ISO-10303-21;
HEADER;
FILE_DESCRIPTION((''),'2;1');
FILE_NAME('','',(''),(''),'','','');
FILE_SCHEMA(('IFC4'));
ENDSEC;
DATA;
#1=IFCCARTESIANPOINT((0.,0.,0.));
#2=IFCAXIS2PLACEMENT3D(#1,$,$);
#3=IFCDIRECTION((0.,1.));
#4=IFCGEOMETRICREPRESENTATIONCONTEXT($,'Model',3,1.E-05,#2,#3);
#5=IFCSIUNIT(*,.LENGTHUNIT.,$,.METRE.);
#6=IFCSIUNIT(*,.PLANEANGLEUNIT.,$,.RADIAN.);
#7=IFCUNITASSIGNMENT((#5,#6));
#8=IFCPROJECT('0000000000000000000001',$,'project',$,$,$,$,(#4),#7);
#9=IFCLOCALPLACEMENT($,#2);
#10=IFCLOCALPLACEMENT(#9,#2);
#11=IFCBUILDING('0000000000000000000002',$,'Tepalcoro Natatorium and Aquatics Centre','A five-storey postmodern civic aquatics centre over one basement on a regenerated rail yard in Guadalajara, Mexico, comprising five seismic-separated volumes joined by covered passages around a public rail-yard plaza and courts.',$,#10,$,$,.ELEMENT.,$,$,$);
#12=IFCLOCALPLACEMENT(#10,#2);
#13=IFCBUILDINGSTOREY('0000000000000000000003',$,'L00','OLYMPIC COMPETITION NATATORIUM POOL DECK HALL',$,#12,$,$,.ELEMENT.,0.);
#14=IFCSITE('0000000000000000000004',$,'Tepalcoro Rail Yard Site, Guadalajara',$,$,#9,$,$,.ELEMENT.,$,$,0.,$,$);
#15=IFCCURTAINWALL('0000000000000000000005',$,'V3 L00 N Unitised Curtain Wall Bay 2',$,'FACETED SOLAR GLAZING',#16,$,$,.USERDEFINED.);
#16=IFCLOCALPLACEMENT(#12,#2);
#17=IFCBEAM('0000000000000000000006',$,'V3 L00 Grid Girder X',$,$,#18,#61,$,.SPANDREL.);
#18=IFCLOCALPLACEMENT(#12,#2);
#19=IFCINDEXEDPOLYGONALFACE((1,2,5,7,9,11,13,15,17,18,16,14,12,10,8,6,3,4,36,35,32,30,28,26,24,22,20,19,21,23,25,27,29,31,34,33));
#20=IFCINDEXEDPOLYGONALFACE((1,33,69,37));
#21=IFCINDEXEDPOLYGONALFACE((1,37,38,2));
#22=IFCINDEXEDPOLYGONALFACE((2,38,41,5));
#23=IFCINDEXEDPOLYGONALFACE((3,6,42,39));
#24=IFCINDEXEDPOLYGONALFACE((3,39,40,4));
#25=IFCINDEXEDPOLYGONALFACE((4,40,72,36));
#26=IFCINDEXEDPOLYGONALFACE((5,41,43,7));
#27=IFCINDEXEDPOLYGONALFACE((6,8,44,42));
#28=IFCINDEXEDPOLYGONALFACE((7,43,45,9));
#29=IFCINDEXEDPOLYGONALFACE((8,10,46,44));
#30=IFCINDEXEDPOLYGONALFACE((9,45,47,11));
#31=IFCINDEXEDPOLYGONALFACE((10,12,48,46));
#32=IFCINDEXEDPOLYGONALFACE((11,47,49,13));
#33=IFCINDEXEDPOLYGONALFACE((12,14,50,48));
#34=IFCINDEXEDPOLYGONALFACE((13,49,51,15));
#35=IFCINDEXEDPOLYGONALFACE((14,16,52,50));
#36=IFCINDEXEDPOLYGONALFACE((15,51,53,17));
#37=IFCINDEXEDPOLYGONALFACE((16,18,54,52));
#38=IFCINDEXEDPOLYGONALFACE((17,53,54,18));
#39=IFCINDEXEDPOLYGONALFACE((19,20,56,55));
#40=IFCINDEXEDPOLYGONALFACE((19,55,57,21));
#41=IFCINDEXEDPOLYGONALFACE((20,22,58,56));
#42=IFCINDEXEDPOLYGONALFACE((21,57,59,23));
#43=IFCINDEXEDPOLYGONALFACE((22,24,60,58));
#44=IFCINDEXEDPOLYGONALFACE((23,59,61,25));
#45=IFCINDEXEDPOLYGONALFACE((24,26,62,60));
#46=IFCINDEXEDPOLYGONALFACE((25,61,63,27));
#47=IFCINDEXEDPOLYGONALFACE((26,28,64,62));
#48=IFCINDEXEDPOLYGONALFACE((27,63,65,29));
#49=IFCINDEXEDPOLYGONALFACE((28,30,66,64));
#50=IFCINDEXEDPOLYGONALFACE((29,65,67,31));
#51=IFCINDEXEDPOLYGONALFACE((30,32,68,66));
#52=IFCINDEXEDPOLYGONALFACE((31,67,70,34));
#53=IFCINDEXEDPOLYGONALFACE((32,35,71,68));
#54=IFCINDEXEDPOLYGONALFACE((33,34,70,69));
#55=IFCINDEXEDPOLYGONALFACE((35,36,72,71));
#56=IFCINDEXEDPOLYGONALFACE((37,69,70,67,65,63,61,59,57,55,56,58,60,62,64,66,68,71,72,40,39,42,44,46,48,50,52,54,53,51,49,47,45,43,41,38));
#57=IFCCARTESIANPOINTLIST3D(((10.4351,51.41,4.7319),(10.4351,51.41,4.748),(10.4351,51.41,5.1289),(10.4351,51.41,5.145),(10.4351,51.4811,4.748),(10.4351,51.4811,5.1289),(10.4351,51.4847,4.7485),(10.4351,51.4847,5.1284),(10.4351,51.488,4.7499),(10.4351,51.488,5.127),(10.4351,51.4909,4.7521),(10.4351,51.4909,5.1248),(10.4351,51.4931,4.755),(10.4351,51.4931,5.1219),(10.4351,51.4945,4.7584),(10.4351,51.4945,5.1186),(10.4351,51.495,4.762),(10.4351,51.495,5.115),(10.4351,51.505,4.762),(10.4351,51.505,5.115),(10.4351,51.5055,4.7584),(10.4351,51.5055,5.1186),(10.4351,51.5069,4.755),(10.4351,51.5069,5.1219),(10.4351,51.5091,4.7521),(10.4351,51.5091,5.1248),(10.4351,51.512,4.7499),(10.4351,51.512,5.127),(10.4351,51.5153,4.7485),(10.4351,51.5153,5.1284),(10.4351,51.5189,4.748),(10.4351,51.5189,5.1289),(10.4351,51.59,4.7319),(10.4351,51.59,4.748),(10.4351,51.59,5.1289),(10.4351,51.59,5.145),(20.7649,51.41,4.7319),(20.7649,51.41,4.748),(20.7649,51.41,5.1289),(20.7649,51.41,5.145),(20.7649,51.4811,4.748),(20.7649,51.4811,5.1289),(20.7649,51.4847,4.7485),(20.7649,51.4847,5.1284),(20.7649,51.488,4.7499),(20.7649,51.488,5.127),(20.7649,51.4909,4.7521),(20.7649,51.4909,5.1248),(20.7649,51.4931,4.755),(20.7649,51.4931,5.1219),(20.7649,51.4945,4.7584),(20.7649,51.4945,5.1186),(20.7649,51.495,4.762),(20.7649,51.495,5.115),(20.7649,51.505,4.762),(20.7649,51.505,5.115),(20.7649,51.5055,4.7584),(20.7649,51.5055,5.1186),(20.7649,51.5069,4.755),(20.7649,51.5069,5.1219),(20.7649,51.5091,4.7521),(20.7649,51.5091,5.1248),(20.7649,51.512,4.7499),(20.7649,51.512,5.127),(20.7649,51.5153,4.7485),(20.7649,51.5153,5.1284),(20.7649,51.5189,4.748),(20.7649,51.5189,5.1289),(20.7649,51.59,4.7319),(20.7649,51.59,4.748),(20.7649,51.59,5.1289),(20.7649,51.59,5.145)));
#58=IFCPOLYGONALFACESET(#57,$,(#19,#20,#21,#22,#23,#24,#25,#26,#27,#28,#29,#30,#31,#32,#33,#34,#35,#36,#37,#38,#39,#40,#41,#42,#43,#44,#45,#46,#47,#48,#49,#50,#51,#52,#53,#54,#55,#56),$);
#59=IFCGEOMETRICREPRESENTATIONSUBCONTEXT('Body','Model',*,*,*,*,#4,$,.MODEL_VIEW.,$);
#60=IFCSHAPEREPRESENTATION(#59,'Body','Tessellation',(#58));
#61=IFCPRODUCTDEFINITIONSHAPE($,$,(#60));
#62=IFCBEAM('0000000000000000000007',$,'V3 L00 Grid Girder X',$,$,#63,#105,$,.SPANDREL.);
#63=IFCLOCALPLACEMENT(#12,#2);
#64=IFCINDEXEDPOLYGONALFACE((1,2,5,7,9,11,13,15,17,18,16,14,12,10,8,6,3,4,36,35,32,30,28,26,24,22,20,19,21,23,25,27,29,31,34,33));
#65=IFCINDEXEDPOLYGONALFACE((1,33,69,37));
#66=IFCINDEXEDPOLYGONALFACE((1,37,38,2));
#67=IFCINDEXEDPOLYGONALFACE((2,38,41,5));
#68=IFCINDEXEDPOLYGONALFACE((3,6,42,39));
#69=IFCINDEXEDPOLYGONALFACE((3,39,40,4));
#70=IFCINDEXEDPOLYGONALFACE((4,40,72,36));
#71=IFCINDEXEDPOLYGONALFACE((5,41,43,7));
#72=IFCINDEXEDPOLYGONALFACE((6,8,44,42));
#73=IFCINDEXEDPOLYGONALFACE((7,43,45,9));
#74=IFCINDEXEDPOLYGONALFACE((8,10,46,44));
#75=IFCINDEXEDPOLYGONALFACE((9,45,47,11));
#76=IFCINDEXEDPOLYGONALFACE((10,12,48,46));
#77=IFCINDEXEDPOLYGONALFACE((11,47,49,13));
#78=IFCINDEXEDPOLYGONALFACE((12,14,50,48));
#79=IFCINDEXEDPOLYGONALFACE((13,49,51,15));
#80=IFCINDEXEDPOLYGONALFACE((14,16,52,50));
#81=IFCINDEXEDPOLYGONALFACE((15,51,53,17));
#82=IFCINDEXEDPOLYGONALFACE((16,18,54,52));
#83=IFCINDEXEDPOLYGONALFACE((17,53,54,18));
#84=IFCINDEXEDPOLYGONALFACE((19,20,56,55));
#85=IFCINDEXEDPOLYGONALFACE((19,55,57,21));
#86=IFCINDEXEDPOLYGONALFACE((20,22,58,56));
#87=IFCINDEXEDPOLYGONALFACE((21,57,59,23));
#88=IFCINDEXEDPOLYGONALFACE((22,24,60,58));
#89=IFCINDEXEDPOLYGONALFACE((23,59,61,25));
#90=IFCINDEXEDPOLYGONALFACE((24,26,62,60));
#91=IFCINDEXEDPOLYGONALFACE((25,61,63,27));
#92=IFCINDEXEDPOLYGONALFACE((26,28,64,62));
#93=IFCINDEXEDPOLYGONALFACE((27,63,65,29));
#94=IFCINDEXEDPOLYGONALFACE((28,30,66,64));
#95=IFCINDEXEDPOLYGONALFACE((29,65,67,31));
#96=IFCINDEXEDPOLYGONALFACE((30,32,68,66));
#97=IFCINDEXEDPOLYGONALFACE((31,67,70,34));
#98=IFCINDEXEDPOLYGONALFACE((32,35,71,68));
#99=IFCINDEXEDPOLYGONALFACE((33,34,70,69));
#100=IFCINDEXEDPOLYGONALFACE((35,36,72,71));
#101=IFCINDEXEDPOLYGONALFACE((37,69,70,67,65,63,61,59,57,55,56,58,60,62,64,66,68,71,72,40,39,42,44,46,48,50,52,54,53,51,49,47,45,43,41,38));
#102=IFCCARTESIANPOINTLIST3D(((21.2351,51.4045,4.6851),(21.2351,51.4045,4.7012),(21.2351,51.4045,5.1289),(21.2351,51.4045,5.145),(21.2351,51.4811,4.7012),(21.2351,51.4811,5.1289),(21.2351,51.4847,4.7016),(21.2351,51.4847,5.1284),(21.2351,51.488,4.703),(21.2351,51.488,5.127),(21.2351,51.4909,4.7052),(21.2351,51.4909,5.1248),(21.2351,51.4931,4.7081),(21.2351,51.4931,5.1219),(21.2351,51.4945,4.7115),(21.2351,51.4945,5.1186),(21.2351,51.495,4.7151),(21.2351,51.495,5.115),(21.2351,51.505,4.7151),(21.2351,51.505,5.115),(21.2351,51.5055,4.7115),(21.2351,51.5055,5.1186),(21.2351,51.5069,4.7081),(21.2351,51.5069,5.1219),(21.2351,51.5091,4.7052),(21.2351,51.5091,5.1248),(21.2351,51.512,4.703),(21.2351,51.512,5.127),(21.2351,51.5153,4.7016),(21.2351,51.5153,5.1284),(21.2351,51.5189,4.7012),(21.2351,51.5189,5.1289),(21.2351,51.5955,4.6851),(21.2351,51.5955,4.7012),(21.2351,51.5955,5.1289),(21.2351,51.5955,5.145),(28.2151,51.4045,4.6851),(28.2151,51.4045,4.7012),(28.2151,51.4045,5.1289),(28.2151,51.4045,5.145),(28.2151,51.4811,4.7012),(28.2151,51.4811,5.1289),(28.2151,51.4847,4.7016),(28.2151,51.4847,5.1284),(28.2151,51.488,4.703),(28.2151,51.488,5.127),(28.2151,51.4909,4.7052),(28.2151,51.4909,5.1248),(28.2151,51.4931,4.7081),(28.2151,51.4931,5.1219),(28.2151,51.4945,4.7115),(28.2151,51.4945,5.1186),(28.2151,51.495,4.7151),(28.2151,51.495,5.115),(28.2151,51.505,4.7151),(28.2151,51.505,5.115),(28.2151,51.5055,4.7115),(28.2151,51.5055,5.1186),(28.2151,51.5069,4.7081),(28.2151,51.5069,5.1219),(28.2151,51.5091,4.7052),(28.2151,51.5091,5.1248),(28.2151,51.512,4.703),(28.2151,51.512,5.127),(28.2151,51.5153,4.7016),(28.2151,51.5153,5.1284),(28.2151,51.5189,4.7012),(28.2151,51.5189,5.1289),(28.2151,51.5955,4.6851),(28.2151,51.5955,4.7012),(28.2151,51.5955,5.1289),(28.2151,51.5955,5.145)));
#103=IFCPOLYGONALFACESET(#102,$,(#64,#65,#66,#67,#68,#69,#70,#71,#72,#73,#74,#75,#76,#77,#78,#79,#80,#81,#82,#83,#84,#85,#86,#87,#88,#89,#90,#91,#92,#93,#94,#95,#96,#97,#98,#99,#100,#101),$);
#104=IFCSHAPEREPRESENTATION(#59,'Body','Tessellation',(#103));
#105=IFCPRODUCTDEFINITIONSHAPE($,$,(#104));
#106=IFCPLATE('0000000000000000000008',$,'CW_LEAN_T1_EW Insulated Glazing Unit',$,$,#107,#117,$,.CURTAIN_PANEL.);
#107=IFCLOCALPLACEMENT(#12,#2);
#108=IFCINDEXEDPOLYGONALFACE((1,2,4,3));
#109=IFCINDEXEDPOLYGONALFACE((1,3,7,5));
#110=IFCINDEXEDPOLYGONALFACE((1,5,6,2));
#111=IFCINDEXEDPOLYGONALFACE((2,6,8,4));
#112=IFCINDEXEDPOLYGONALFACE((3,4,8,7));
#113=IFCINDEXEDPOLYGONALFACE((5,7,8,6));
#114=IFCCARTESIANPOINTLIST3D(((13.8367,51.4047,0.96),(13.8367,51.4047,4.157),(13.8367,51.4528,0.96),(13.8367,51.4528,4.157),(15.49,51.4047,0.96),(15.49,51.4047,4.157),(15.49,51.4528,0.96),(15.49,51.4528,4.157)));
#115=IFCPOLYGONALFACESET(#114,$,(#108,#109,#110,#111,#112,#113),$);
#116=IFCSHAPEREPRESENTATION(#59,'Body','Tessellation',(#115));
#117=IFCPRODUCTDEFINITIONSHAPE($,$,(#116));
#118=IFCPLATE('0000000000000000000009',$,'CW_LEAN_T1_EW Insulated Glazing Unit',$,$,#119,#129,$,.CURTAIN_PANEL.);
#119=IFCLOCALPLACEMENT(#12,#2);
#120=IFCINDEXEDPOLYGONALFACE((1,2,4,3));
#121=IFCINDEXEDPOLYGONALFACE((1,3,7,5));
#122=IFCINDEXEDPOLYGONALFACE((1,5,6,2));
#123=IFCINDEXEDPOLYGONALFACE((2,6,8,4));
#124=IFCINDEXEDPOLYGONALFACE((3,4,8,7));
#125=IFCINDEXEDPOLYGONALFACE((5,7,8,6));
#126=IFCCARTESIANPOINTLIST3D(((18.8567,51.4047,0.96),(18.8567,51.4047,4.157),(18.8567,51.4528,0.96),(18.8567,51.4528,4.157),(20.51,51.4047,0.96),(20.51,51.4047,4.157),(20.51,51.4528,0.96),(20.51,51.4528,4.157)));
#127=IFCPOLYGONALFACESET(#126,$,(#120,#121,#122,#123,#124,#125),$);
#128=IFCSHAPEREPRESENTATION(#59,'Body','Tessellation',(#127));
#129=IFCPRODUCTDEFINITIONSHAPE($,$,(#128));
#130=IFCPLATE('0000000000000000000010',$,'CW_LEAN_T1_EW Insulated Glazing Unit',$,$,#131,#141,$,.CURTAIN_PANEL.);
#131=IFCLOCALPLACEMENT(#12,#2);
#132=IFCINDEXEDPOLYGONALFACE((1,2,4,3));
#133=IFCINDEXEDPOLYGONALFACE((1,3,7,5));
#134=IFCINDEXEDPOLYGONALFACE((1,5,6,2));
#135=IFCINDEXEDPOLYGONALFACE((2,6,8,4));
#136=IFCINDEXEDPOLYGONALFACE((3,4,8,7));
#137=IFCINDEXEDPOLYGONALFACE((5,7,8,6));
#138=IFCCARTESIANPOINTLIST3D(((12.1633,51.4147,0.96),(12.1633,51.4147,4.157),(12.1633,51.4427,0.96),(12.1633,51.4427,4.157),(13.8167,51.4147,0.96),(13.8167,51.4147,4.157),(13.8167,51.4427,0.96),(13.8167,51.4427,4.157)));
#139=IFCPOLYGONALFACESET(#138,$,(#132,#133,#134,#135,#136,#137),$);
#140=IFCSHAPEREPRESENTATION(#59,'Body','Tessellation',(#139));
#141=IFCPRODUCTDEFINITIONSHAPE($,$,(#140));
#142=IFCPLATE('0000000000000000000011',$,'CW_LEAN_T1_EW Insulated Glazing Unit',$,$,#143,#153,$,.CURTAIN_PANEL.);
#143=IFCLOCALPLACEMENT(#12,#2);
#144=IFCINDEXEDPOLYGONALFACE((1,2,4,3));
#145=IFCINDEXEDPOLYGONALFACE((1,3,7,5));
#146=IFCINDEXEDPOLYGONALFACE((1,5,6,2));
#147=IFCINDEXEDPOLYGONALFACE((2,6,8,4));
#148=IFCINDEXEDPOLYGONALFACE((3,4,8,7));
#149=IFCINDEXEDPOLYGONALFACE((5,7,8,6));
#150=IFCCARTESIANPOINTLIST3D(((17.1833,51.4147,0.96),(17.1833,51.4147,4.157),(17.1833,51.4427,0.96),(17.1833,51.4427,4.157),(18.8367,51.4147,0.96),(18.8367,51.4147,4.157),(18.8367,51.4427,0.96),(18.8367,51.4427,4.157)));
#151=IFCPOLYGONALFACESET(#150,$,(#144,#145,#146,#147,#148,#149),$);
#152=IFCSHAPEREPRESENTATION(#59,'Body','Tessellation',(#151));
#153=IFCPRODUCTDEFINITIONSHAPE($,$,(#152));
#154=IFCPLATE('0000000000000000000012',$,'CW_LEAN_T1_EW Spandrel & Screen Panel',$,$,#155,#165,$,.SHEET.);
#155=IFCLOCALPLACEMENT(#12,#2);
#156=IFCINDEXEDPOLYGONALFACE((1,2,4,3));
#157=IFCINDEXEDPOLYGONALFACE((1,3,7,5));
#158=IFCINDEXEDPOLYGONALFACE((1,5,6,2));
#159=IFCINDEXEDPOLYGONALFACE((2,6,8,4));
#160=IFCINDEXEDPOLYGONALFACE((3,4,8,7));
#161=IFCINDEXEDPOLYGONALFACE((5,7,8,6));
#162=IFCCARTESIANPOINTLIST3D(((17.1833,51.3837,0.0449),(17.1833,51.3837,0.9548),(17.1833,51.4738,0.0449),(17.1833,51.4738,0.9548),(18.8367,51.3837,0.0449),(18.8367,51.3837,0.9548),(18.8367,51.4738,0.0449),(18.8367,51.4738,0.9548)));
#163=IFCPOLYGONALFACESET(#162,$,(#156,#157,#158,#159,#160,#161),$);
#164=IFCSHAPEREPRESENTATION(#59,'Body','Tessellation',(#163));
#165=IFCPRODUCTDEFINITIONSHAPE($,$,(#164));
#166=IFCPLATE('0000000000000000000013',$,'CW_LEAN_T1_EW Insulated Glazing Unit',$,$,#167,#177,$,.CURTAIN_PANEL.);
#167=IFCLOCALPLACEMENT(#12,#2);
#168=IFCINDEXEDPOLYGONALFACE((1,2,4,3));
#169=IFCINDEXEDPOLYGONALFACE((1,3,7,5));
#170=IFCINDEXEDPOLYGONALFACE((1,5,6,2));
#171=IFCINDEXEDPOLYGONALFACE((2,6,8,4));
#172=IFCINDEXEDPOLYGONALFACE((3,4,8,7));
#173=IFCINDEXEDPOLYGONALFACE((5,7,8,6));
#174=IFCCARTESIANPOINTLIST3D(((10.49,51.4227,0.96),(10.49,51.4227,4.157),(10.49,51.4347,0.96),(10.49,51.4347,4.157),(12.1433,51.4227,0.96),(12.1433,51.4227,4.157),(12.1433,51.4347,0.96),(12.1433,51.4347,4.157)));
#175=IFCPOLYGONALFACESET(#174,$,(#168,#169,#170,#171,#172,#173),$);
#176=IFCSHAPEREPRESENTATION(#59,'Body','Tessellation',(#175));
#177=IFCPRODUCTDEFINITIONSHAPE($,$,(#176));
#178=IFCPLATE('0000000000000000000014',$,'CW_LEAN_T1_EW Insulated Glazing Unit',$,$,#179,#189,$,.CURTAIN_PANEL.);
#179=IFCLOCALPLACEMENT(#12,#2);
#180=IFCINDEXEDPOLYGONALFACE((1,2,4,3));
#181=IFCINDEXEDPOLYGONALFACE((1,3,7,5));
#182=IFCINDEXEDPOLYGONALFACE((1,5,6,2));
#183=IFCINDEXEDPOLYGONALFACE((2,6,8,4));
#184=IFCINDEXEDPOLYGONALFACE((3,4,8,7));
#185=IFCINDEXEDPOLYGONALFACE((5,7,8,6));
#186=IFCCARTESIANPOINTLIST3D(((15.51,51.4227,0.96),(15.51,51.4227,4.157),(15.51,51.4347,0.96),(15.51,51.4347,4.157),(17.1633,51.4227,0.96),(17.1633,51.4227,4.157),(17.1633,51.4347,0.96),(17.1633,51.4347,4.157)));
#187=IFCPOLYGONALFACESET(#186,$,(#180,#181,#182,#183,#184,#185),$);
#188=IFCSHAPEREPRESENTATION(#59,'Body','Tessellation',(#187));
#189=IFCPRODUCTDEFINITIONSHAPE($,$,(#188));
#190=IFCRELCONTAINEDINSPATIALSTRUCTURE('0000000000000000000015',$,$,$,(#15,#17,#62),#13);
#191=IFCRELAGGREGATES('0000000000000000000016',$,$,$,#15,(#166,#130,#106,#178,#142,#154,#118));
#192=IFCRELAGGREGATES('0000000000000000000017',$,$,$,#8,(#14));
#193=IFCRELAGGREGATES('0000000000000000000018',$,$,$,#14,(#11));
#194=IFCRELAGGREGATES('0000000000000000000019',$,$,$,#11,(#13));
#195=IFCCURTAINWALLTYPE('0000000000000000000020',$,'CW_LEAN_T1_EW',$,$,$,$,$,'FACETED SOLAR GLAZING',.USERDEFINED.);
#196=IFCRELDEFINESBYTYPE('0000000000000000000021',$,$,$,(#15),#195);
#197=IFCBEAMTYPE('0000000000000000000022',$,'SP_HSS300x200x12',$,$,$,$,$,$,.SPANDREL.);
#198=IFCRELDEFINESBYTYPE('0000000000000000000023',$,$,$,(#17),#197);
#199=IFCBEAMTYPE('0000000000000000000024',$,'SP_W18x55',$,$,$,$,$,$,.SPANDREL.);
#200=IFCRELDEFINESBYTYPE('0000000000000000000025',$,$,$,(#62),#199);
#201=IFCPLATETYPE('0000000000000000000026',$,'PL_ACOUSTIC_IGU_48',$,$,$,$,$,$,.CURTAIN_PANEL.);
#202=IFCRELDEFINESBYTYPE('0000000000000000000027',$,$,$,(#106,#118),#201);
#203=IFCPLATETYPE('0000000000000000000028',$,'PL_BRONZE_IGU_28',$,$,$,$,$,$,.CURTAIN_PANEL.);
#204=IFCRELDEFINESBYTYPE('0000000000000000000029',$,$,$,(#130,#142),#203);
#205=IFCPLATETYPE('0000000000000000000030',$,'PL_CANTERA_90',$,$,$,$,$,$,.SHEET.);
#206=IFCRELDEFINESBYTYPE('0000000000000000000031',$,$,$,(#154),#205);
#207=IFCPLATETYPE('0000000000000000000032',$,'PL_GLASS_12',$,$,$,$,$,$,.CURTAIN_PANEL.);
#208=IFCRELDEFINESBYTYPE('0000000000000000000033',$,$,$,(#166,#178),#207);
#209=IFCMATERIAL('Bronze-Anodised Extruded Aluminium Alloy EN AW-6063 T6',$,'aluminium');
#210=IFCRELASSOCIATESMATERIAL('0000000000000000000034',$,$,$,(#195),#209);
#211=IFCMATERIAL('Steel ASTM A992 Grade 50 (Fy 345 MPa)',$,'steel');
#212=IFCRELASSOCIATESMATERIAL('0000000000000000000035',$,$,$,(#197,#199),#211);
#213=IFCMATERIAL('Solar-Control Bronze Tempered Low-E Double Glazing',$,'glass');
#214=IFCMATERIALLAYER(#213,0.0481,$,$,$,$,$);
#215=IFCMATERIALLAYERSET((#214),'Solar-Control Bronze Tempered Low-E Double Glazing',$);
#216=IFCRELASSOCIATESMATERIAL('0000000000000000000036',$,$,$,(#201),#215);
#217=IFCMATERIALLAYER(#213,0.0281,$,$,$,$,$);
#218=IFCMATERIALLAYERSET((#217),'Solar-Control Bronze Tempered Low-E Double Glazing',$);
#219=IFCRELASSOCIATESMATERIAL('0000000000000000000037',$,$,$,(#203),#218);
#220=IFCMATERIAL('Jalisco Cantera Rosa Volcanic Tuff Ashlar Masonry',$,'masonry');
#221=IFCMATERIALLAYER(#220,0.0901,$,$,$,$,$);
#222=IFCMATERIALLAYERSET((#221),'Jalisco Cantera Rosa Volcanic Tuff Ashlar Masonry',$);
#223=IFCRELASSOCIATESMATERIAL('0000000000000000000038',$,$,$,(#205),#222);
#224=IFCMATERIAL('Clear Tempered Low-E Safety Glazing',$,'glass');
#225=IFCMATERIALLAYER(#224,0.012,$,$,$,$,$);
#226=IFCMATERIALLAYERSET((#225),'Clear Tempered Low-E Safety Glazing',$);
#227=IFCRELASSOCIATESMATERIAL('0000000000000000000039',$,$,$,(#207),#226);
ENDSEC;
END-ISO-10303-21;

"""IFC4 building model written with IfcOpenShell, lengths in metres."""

from ifc_helpers import new_model, si_unit, direction, frame, origin, origin_2d, place, context, subcontext, project, spatial, rectangle, i_section, extrude, material, layer, layer_set, material_profile, profile_set, type_object, element, aggregate, save


model = new_model("IFC4")

# Units and contexts
model_context = context("Model", 3, precision=1e-05, world=origin(), true_north=direction((0.0, 1.0)))
body_context = subcontext(model_context, "Body", "Model", "MODEL_VIEW")
ifc_project = project(units=[si_unit("LENGTHUNIT", "METRE"), si_unit("PLANEANGLEUNIT", "RADIAN")], contexts=[model_context])

# Site, building, storey
site_placement = place(None, origin())
site = spatial("IfcSite", under=ifc_project, at=site_placement, Name="Tepalcoro Rail Yard Site, Guadalajara", CompositionType="ELEMENT", RefElevation=0.0)
building_placement = place(site_placement, origin())
building = spatial("IfcBuilding", under=site, at=building_placement, Name="Tepalcoro Natatorium and Aquatics Centre", Description="A five-storey postmodern civic aquatics centre over one basement on a regenerated rail yard in Guadalajara, Mexico, comprising five seismic-separated volumes joined by covered passages around a public rail-yard plaza and courts.", CompositionType="ELEMENT")
storey_placement = place(building_placement, origin())
storey = spatial("IfcBuildingStorey", under=building, at=storey_placement, Name="L00", Description="OLYMPIC COMPETITION NATATORIUM POOL DECK HALL", CompositionType="ELEMENT", Elevation=0.0)

# Curtain wall
ifc_material_1 = material(Name="Bronze-Anodised Extruded Aluminium Alloy EN AW-6063 T6", Category="aluminium")
curtain_wall_type_1 = type_object("IfcCurtainWallType", Name="CW_LEAN_T1_EW", ElementType="FACETED SOLAR GLAZING", PredefinedType="USERDEFINED", material=ifc_material_1)
curtain_wall_1_placement = place(storey_placement, origin())
curtain_wall_1 = element("IfcCurtainWall", 1, at=curtain_wall_1_placement, inside=storey, type_object=curtain_wall_type_1, Name="V3 L00 N Unitised Curtain Wall Bay 2", ObjectType="FACETED SOLAR GLAZING", PredefinedType="USERDEFINED")

# Beams
ifc_material_2 = material(Name="Steel ASTM A992 Grade 50 (Fy 345 MPa)", Category="steel")
ifc_material_profile_1 = material_profile(ifc_material_2, i_section(OverallWidth=0.1799, OverallDepth=0.4131, WebThickness=0.01, FlangeThickness=0.0161, FilletRadius=0.0139, at=origin_2d()), Name="W16X50")
ifc_profile_set_1 = profile_set([ifc_material_profile_1], Name="Steel ASTM A992 Grade 50 (Fy 345 MPa)")
beam_type_1 = type_object("IfcBeamType", Name="SP_HSS300x200x12", PredefinedType="SPANDREL", material=ifc_profile_set_1)
beam_1_placement = place(storey_placement, frame((10.4351, 51.5, 4.9385), z_axis=(1.0, 0.0, 0.0), x_axis=(0.0, 1.0, 0.0)))
element("IfcBeam", 2, at=beam_1_placement, inside=storey, type_object=beam_type_1, Name="V3 L00 Grid Girder X", PredefinedType="SPANDREL", context=body_context, shape_type="SweptSolid", body=[
    extrude(i_section(OverallWidth=0.1799, OverallDepth=0.4131, WebThickness=0.01, FlangeThickness=0.0161, FilletRadius=0.0139, at=origin_2d()), origin(), (0.0, 0.0, 1.0), 10.3298),
])
ifc_material_profile_2 = material_profile(ifc_material_2, i_section(OverallWidth=0.1909, OverallDepth=0.46, WebThickness=0.01, FlangeThickness=0.0161, FilletRadius=0.0139, at=origin_2d()), Name="W18X55")
ifc_profile_set_2 = profile_set([ifc_material_profile_2], Name="Steel ASTM A992 Grade 50 (Fy 345 MPa)")
beam_type_2 = type_object("IfcBeamType", Name="SP_W18x55", PredefinedType="SPANDREL", material=ifc_profile_set_2)
beam_2_placement = place(storey_placement, frame((21.2351, 51.5, 4.915), z_axis=(1.0, 0.0, 0.0), x_axis=(0.0, 1.0, 0.0)))
element("IfcBeam", 3, at=beam_2_placement, inside=storey, type_object=beam_type_2, Name="V3 L00 Grid Girder X", PredefinedType="SPANDREL", context=body_context, shape_type="SweptSolid", body=[
    extrude(i_section(OverallWidth=0.1909, OverallDepth=0.46, WebThickness=0.01, FlangeThickness=0.0161, FilletRadius=0.0139, at=origin_2d()), origin(), (0.0, 0.0, 1.0), 6.98),
])

# Plates
ifc_material_3 = material(Name="Solar-Control Bronze Tempered Low-E Double Glazing", Category="glass")
ifc_layer_1 = layer(ifc_material_3, 0.0481)
ifc_layer_set_1 = layer_set([ifc_layer_1], Name="Solar-Control Bronze Tempered Low-E Double Glazing")
plate_type_1 = type_object("IfcPlateType", Name="PL_ACOUSTIC_IGU_48", PredefinedType="CURTAIN_PANEL", material=ifc_layer_set_1)
plate_1_placement = place(storey_placement, frame((14.6633, 51.4287, 0.96), z_axis=(0.0, 0.0, 1.0), x_axis=(1.0, 0.0, 0.0)))
plate_1 = element("IfcPlate", 4, at=plate_1_placement, type_object=plate_type_1, Name="CW_LEAN_T1_EW Insulated Glazing Unit", PredefinedType="CURTAIN_PANEL", context=body_context, shape_type="SweptSolid", body=[
    extrude(rectangle(XDim=1.6533, YDim=0.0481, at=origin_2d()), origin(), (0.0, 0.0, 1.0), 3.197),
])
plate_2_placement = place(storey_placement, frame((19.6833, 51.4287, 0.96), z_axis=(0.0, 0.0, 1.0), x_axis=(1.0, 0.0, 0.0)))
plate_2 = element("IfcPlate", 5, at=plate_2_placement, type_object=plate_type_1, Name="CW_LEAN_T1_EW Insulated Glazing Unit", PredefinedType="CURTAIN_PANEL", context=body_context, shape_type="SweptSolid", body=[
    extrude(rectangle(XDim=1.6533, YDim=0.0481, at=origin_2d()), origin(), (0.0, 0.0, 1.0), 3.197),
])
ifc_layer_2 = layer(ifc_material_3, 0.0281)
ifc_layer_set_2 = layer_set([ifc_layer_2], Name="Solar-Control Bronze Tempered Low-E Double Glazing")
plate_type_2 = type_object("IfcPlateType", Name="PL_BRONZE_IGU_28", PredefinedType="CURTAIN_PANEL", material=ifc_layer_set_2)
plate_3_placement = place(storey_placement, frame((12.99, 51.4287, 0.96), z_axis=(0.0, 0.0, 1.0), x_axis=(1.0, 0.0, 0.0)))
plate_3 = element("IfcPlate", 6, at=plate_3_placement, type_object=plate_type_2, Name="CW_LEAN_T1_EW Insulated Glazing Unit", PredefinedType="CURTAIN_PANEL", context=body_context, shape_type="SweptSolid", body=[
    extrude(rectangle(XDim=1.6533, YDim=0.0281, at=origin_2d()), origin(), (0.0, 0.0, 1.0), 3.197),
])
plate_4_placement = place(storey_placement, frame((18.01, 51.4287, 0.96), z_axis=(0.0, 0.0, 1.0), x_axis=(1.0, 0.0, 0.0)))
plate_4 = element("IfcPlate", 7, at=plate_4_placement, type_object=plate_type_2, Name="CW_LEAN_T1_EW Insulated Glazing Unit", PredefinedType="CURTAIN_PANEL", context=body_context, shape_type="SweptSolid", body=[
    extrude(rectangle(XDim=1.6533, YDim=0.0281, at=origin_2d()), origin(), (0.0, 0.0, 1.0), 3.197),
])
ifc_material_4 = material(Name="Jalisco Cantera Rosa Volcanic Tuff Ashlar Masonry", Category="masonry")
ifc_layer_3 = layer(ifc_material_4, 0.0901)
ifc_layer_set_3 = layer_set([ifc_layer_3], Name="Jalisco Cantera Rosa Volcanic Tuff Ashlar Masonry")
plate_type_3 = type_object("IfcPlateType", Name="PL_CANTERA_90", PredefinedType="SHEET", material=ifc_layer_set_3)
plate_5_placement = place(storey_placement, frame((18.01, 51.4287, 0.0449), z_axis=(0.0, 0.0, 1.0), x_axis=(1.0, 0.0, 0.0)))
plate_5 = element("IfcPlate", 8, at=plate_5_placement, type_object=plate_type_3, Name="CW_LEAN_T1_EW Spandrel & Screen Panel", PredefinedType="SHEET", context=body_context, shape_type="SweptSolid", body=[
    extrude(rectangle(XDim=1.6533, YDim=0.0901, at=origin_2d()), origin(), (0.0, 0.0, 1.0), 0.9099),
])
ifc_material_5 = material(Name="Clear Tempered Low-E Safety Glazing", Category="glass")
ifc_layer_4 = layer(ifc_material_5, 0.012)
ifc_layer_set_4 = layer_set([ifc_layer_4], Name="Clear Tempered Low-E Safety Glazing")
plate_type_4 = type_object("IfcPlateType", Name="PL_GLASS_12", PredefinedType="CURTAIN_PANEL", material=ifc_layer_set_4)
plate_6_placement = place(storey_placement, frame((11.3167, 51.4287, 0.96), z_axis=(0.0, 0.0, 1.0), x_axis=(1.0, 0.0, 0.0)))
plate_6 = element("IfcPlate", 9, at=plate_6_placement, type_object=plate_type_4, Name="CW_LEAN_T1_EW Insulated Glazing Unit", PredefinedType="CURTAIN_PANEL", context=body_context, shape_type="SweptSolid", body=[
    extrude(rectangle(XDim=1.6533, YDim=0.012, at=origin_2d()), origin(), (0.0, 0.0, 1.0), 3.197),
])
plate_7_placement = place(storey_placement, frame((16.3367, 51.4287, 0.96), z_axis=(0.0, 0.0, 1.0), x_axis=(1.0, 0.0, 0.0)))
plate_7 = element("IfcPlate", 10, at=plate_7_placement, type_object=plate_type_4, Name="CW_LEAN_T1_EW Insulated Glazing Unit", PredefinedType="CURTAIN_PANEL", context=body_context, shape_type="SweptSolid", body=[
    extrude(rectangle(XDim=1.6533, YDim=0.012, at=origin_2d()), origin(), (0.0, 0.0, 1.0), 3.197),
])
aggregate(curtain_wall_1, [plate_6, plate_3, plate_1, plate_7, plate_4, plate_5, plate_2])

save(model, "model.ifc")
